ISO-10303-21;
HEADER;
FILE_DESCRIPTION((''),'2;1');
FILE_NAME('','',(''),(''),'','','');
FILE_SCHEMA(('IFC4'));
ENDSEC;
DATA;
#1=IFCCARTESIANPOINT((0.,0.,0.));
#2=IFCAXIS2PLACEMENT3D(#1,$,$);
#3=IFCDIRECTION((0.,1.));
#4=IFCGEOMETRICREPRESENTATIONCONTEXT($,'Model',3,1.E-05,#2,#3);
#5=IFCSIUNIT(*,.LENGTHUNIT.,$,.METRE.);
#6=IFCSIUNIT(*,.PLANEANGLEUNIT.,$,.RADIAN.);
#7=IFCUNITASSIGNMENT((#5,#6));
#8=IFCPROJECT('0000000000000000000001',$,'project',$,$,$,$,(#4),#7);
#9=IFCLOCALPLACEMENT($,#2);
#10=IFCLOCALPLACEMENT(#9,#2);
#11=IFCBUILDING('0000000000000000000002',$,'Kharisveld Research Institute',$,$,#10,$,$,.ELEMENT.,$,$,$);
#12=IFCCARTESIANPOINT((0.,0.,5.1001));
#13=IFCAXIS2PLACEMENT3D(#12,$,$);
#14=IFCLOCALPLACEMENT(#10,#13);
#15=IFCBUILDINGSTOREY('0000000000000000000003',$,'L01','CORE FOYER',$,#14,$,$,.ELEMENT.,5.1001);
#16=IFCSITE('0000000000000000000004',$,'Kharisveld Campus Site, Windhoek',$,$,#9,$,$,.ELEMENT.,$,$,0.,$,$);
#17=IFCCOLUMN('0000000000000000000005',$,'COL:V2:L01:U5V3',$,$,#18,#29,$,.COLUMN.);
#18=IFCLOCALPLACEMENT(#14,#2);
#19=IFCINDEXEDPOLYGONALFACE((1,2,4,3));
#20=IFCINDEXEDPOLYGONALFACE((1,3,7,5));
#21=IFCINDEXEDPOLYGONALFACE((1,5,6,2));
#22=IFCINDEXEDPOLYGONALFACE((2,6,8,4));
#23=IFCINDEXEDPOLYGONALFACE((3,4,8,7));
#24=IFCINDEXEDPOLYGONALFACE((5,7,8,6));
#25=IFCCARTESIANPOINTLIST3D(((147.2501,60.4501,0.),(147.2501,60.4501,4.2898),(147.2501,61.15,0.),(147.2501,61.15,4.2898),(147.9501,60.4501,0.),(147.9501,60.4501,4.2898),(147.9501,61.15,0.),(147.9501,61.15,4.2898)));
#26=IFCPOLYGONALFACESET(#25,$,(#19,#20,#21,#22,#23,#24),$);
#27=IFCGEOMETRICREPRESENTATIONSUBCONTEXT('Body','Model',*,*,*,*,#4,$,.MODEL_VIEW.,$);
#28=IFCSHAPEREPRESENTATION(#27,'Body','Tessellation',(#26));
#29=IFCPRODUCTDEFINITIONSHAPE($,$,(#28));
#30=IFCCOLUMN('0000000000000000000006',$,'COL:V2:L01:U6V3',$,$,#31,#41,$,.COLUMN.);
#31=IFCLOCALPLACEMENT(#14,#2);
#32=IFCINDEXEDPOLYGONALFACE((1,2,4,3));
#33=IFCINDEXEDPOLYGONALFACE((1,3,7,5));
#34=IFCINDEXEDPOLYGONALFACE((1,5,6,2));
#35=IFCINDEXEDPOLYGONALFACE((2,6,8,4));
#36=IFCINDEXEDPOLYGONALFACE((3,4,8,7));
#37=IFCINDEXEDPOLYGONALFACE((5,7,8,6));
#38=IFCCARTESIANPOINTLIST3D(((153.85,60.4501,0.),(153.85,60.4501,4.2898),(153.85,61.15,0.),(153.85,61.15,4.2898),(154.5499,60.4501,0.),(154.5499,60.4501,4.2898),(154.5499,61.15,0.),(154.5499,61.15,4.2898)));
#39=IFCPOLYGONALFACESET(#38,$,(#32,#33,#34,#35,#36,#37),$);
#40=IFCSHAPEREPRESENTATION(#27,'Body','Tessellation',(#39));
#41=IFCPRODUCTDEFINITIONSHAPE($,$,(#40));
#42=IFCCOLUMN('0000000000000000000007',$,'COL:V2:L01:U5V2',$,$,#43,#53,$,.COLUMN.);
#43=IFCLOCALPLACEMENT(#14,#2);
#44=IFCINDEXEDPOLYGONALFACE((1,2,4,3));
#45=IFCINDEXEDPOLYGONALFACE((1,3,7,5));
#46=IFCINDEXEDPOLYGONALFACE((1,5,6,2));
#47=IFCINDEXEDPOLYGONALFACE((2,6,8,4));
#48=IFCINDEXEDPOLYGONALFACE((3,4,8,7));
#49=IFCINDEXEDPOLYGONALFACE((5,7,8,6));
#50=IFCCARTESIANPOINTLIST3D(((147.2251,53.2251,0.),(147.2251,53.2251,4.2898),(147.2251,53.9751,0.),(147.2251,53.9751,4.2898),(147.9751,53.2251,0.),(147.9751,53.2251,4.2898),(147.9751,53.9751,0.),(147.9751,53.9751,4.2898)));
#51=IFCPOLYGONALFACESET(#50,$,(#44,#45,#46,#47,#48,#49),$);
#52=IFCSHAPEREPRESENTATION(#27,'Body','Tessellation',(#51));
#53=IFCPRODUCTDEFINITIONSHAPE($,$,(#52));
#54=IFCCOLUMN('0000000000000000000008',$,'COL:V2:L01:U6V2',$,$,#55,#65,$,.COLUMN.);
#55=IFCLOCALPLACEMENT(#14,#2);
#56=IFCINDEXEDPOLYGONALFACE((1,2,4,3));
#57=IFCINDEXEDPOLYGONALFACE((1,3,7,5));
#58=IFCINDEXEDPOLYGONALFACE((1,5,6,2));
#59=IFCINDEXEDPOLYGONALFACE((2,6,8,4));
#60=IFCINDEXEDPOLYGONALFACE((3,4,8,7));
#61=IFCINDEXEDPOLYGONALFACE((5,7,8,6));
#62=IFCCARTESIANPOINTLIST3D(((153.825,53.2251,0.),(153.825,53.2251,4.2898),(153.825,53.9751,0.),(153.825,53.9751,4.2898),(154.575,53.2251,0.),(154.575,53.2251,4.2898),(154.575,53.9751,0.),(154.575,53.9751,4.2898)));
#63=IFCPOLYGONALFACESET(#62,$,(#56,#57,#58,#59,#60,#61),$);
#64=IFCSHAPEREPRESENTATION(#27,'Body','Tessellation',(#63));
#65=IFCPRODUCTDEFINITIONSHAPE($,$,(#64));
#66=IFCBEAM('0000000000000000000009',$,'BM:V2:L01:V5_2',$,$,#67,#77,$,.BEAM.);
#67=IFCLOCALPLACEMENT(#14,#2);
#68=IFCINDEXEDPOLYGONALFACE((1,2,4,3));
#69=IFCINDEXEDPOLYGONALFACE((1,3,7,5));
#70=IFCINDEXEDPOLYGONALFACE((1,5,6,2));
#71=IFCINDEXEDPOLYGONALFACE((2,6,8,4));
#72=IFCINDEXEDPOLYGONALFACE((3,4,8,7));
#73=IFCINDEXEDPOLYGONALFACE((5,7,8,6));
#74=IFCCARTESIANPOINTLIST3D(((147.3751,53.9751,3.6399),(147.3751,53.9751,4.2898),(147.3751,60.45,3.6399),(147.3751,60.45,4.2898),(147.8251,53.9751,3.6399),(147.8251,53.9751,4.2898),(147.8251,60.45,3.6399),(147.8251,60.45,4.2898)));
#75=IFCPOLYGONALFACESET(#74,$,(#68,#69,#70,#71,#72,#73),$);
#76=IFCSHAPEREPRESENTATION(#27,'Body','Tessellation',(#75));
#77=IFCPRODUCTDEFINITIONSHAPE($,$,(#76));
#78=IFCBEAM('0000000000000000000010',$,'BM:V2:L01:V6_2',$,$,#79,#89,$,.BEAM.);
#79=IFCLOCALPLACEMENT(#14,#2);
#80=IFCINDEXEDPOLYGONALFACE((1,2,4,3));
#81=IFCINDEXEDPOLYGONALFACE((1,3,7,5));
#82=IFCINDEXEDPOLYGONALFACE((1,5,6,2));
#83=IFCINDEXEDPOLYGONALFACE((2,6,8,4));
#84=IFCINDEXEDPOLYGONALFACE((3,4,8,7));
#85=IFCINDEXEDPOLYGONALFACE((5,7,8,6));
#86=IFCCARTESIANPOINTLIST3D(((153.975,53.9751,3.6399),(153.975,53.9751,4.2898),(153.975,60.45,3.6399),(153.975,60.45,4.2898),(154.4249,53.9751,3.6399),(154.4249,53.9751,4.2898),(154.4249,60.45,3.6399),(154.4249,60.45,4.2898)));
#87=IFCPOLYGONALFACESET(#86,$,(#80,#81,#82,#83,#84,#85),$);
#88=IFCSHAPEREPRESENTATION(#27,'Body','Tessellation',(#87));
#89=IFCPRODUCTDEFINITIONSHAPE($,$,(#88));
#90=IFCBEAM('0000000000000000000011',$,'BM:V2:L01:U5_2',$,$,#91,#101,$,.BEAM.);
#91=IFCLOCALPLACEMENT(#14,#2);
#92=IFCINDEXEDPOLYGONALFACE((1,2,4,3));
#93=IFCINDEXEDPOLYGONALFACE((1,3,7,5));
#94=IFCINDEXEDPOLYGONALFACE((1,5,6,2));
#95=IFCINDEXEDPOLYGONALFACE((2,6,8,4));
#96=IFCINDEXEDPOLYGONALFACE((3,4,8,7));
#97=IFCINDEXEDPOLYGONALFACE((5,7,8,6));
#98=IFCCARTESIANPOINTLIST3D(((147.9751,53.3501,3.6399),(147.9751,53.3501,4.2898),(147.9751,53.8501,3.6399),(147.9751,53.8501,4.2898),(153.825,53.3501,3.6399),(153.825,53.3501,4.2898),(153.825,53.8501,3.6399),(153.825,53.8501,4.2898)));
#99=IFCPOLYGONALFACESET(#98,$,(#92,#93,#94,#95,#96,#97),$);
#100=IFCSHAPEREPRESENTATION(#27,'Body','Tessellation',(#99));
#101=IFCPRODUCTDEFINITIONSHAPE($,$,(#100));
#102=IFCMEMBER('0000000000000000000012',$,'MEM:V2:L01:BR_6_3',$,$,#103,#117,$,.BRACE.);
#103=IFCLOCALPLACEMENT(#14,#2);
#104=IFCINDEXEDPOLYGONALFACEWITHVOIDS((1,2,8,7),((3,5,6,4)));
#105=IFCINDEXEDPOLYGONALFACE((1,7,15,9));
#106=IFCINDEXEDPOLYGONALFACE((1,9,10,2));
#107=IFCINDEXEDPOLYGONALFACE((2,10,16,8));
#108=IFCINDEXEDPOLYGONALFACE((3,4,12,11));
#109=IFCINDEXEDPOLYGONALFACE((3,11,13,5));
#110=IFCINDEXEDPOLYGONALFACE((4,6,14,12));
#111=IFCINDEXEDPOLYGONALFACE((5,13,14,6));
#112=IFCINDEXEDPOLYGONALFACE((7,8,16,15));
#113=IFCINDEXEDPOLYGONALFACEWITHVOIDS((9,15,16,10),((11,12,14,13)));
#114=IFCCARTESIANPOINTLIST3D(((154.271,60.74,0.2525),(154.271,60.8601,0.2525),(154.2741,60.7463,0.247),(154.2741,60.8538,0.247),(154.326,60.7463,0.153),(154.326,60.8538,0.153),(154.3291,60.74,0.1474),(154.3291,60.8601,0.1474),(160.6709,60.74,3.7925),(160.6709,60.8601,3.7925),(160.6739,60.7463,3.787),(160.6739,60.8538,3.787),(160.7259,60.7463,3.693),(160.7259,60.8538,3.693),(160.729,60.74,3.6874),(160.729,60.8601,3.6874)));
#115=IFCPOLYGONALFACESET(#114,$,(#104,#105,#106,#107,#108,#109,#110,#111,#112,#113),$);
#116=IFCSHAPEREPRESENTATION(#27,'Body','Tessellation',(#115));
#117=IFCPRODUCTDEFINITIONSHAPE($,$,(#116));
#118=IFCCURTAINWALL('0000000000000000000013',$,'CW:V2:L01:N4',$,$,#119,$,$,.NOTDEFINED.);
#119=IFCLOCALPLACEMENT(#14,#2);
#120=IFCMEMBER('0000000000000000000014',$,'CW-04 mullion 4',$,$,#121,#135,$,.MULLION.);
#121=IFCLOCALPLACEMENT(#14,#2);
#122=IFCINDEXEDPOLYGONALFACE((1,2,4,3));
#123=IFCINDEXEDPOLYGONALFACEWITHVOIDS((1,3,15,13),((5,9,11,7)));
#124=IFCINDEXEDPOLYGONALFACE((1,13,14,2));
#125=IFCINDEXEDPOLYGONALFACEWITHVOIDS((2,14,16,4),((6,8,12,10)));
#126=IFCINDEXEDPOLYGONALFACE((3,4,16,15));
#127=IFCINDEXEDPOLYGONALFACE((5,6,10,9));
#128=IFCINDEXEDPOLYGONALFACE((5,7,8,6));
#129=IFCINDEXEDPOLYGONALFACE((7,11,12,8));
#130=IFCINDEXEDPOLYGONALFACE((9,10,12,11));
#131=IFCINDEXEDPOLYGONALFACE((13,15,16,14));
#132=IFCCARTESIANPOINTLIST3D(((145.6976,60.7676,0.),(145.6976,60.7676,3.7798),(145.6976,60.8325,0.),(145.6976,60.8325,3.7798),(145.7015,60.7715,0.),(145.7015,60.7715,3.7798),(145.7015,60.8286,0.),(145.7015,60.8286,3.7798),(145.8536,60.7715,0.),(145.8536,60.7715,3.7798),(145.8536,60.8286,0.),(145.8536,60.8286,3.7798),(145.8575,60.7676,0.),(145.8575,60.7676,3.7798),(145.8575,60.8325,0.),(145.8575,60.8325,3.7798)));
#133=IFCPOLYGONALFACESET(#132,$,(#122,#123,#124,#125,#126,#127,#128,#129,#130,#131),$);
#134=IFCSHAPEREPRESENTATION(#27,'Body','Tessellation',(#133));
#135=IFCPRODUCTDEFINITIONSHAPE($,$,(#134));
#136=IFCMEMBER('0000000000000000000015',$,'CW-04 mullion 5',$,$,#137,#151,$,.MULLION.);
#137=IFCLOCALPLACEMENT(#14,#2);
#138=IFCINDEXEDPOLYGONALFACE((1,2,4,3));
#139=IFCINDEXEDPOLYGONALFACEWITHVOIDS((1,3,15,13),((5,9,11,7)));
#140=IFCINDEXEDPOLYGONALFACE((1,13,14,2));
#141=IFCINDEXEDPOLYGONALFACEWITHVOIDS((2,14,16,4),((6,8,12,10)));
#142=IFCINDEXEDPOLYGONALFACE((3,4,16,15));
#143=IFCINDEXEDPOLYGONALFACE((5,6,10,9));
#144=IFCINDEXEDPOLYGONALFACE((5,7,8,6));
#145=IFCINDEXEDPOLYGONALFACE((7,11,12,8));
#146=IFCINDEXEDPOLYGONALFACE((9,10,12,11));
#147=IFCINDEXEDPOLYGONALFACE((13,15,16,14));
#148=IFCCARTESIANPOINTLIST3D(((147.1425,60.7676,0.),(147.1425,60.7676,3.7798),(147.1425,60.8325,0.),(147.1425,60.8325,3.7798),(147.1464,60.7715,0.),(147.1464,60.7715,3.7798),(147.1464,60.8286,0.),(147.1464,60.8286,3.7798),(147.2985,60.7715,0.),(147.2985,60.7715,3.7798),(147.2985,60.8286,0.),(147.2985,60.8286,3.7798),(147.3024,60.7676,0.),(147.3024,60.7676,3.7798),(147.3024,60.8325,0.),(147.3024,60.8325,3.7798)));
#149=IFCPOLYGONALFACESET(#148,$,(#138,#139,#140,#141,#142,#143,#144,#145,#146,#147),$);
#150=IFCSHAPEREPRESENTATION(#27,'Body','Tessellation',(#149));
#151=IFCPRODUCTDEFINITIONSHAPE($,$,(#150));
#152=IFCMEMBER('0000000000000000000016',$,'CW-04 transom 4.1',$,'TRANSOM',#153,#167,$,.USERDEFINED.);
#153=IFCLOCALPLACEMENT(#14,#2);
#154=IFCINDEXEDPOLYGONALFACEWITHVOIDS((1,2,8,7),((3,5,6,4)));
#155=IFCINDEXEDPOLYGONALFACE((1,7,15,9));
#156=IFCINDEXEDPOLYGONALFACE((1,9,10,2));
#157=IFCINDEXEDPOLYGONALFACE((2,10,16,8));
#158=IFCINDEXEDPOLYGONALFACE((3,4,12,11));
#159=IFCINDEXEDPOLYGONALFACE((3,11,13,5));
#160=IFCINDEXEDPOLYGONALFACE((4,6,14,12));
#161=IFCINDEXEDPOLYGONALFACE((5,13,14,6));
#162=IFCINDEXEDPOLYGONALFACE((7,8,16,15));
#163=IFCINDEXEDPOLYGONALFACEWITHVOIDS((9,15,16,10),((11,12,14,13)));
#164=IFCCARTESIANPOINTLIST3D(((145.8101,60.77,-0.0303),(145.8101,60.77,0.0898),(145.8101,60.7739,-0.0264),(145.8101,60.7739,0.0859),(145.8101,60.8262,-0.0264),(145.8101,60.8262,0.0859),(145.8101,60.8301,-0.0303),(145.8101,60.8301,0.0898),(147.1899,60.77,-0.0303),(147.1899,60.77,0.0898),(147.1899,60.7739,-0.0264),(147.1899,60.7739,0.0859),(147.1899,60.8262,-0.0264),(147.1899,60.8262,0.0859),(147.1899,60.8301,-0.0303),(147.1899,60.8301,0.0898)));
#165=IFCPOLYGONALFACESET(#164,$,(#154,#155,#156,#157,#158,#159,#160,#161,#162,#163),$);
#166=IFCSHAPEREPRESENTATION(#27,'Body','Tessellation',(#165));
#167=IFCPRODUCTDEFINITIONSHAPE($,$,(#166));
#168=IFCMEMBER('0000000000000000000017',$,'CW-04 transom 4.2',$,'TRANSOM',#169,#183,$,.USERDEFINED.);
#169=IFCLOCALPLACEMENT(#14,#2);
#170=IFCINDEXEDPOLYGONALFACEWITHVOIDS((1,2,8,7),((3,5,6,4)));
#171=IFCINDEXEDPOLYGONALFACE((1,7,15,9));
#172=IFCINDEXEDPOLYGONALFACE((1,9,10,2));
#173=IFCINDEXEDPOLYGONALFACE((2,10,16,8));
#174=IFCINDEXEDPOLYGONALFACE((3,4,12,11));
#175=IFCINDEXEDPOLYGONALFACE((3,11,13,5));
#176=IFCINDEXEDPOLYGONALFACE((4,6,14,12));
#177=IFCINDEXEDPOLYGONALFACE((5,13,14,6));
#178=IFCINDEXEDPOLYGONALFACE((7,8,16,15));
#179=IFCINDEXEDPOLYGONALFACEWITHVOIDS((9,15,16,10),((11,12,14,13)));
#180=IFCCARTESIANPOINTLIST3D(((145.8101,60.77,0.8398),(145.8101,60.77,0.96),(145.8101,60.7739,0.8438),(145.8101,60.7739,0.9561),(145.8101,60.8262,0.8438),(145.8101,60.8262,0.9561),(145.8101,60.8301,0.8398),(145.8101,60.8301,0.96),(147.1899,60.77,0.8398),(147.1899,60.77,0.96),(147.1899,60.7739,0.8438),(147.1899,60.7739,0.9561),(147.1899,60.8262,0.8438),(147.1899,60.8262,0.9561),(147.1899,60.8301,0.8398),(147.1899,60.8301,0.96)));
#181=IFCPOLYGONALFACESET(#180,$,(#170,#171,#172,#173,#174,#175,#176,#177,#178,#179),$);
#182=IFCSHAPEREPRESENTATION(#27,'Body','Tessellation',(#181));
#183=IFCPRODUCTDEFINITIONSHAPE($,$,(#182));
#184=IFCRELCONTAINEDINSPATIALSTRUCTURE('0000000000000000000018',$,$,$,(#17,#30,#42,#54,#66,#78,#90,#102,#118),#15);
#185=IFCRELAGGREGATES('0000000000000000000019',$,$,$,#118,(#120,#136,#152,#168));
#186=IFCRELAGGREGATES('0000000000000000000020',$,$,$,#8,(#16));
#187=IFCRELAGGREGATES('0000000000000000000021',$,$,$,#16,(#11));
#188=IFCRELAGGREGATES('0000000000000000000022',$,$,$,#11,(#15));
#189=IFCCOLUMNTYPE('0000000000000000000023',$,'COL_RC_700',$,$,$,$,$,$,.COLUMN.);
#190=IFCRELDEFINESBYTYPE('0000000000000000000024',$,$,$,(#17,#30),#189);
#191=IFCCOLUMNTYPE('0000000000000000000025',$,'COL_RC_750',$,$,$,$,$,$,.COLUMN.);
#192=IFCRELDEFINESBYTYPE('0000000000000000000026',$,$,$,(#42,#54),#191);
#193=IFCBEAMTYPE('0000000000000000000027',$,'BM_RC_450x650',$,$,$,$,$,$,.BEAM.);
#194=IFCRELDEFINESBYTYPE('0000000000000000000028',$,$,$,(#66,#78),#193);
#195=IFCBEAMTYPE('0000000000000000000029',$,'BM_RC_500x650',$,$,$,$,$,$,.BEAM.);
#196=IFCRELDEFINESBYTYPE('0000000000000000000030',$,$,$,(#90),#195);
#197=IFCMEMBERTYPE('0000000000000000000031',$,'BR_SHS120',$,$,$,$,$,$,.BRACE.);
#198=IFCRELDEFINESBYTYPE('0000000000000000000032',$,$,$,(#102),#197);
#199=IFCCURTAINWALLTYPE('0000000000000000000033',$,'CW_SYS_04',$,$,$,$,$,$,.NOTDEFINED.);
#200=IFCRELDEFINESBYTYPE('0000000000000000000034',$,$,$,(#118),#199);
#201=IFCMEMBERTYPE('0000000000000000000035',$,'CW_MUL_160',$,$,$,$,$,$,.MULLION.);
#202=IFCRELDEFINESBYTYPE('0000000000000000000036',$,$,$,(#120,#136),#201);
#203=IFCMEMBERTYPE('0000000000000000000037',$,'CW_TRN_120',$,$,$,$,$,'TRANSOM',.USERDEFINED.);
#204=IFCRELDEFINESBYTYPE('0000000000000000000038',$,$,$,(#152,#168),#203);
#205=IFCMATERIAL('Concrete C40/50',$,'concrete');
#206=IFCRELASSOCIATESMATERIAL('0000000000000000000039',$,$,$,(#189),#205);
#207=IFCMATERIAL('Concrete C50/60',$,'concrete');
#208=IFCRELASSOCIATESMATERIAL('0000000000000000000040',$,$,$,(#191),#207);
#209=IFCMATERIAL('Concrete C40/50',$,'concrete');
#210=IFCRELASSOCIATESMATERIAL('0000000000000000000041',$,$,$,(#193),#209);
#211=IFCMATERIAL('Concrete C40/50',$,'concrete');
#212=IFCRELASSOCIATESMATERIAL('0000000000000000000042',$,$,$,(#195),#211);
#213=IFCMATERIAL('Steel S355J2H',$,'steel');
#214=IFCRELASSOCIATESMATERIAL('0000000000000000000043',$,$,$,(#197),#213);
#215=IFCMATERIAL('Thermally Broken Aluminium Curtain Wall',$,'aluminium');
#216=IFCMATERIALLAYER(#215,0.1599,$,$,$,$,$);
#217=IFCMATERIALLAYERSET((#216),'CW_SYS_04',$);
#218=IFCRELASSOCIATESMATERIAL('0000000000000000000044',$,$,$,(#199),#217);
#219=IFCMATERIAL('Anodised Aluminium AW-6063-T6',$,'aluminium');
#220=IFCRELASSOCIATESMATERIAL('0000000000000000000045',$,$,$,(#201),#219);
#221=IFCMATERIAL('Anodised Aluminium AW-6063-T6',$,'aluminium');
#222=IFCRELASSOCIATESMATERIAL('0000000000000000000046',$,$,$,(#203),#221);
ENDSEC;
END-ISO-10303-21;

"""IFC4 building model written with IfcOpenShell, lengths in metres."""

from ifc_helpers import new_model, si_unit, direction, frame, origin, origin_2d, place, context, subcontext, project, spatial, rectangle, hollow_rectangle, extrude, material, layer, layer_set, material_profile, profile_set, type_object, element, aggregate, save


model = new_model("IFC4")

# Units and contexts
model_context = context("Model", 3, precision=1e-05, world=origin(), true_north=direction((0.0, 1.0)))
body_context = subcontext(model_context, "Body", "Model", "MODEL_VIEW")
ifc_project = project(units=[si_unit("LENGTHUNIT", "METRE"), si_unit("PLANEANGLEUNIT", "RADIAN")], contexts=[model_context])

# Site, building, storey
site_placement = place(None, origin())
site = spatial("IfcSite", under=ifc_project, at=site_placement, Name="Kharisveld Campus Site, Windhoek", CompositionType="ELEMENT", RefElevation=0.0)
building_placement = place(site_placement, origin())
building = spatial("IfcBuilding", under=site, at=building_placement, Name="Kharisveld Research Institute", CompositionType="ELEMENT")
storey_placement = place(building_placement, frame((0.0, 0.0, 5.1001)))
storey = spatial("IfcBuildingStorey", under=building, at=storey_placement, Name="L01", Description="CORE FOYER", CompositionType="ELEMENT", Elevation=5.1001)

# Columns
ifc_material_1 = material(Name="Concrete C40/50", Category="concrete")
ifc_material_profile_1 = material_profile(ifc_material_1, rectangle(XDim=0.7, YDim=0.7, at=origin_2d()))
ifc_profile_set_1 = profile_set([ifc_material_profile_1], Name="Concrete C40/50")
column_type_1 = type_object("IfcColumnType", Name="COL_RC_700", PredefinedType="COLUMN", material=ifc_profile_set_1)
for number, where, z_axis, x_axis, name in (
    (1, (147.6001, 60.8, 0.0), (0.0, 0.0, 1.0), (1.0, 0.0, 0.0), "COL:V2:L01:U5V3"),
    (2, (154.2, 60.8, 0.0), (0.0, 0.0, 1.0), (1.0, 0.0, 0.0), "COL:V2:L01:U6V3"),
):
    element("IfcColumn", number, at=place(storey_placement, frame(where, z_axis=z_axis, x_axis=x_axis)), inside=storey, type_object=column_type_1, Name=name, PredefinedType="COLUMN", context=body_context, shape_type="SweptSolid", body=[
        extrude(rectangle(XDim=0.7, YDim=0.7, at=origin_2d()), origin(), (0.0, 0.0, 1.0), 4.2898),
    ])
ifc_material_2 = material(Name="Concrete C50/60", Category="concrete")
ifc_material_profile_2 = material_profile(ifc_material_2, rectangle(XDim=0.75, YDim=0.75, at=origin_2d()))
ifc_profile_set_2 = profile_set([ifc_material_profile_2], Name="Concrete C50/60")
column_type_2 = type_object("IfcColumnType", Name="COL_RC_750", PredefinedType="COLUMN", material=ifc_profile_set_2)
for number, where, z_axis, x_axis, name in (
    (3, (147.6001, 53.6001, 0.0), (0.0, 0.0, 1.0), (1.0, 0.0, 0.0), "COL:V2:L01:U5V2"),
    (4, (154.2, 53.6001, 0.0), (0.0, 0.0, 1.0), (1.0, 0.0, 0.0), "COL:V2:L01:U6V2"),
):
    element("IfcColumn", number, at=place(storey_placement, frame(where, z_axis=z_axis, x_axis=x_axis)), inside=storey, type_object=column_type_2, Name=name, PredefinedType="COLUMN", context=body_context, shape_type="SweptSolid", body=[
        extrude(rectangle(XDim=0.75, YDim=0.75, at=origin_2d()), origin(), (0.0, 0.0, 1.0), 4.2898),
    ])

# Beams
ifc_material_3 = material(Name="Concrete C40/50", Category="concrete")
ifc_material_profile_3 = material_profile(ifc_material_3, rectangle(XDim=0.45, YDim=0.6499, at=origin_2d()))
ifc_profile_set_3 = profile_set([ifc_material_profile_3], Name="Concrete C40/50")
beam_type_1 = type_object("IfcBeamType", Name="BM_RC_450x650", PredefinedType="BEAM", material=ifc_profile_set_3)
for number, where, z_axis, x_axis, name in (
    (5, (147.6001, 53.9751, 3.9648), (0.0, 1.0, 0.0), (-1.0, 0.0, 0.0), "BM:V2:L01:V5_2"),
    (6, (154.2, 53.9751, 3.9648), (0.0, 1.0, 0.0), (-1.0, 0.0, 0.0), "BM:V2:L01:V6_2"),
):
    element("IfcBeam", number, at=place(storey_placement, frame(where, z_axis=z_axis, x_axis=x_axis)), inside=storey, type_object=beam_type_1, Name=name, PredefinedType="BEAM", context=body_context, shape_type="SweptSolid", body=[
        extrude(rectangle(XDim=0.45, YDim=0.6499, at=origin_2d()), origin(), (0.0, 0.0, 1.0), 6.4749),
    ])
ifc_material_4 = material(Name="Concrete C40/50", Category="concrete")
ifc_material_profile_4 = material_profile(ifc_material_4, rectangle(XDim=0.5, YDim=0.6499, at=origin_2d()))
ifc_profile_set_4 = profile_set([ifc_material_profile_4], Name="Concrete C40/50")
beam_type_2 = type_object("IfcBeamType", Name="BM_RC_500x650", PredefinedType="BEAM", material=ifc_profile_set_4)
beam_1_placement = place(storey_placement, frame((147.9751, 53.6001, 3.9648), z_axis=(1.0, 0.0, 0.0), x_axis=(0.0, 1.0, 0.0)))
element("IfcBeam", 7, at=beam_1_placement, inside=storey, type_object=beam_type_2, Name="BM:V2:L01:U5_2", PredefinedType="BEAM", context=body_context, shape_type="SweptSolid", body=[
    extrude(rectangle(XDim=0.5, YDim=0.6499, at=origin_2d()), origin(), (0.0, 0.0, 1.0), 5.8499),
])

# Member
ifc_material_5 = material(Name="Steel S355J2H", Category="steel")
ifc_material_profile_5 = material_profile(ifc_material_5, hollow_rectangle(XDim=0.1201, YDim=0.1201, WallThickness=0.0063, at=origin_2d()))
ifc_profile_set_5 = profile_set([ifc_material_profile_5], Name="Steel S355J2H")
member_type_1 = type_object("IfcMemberType", Name="BR_SHS120", PredefinedType="BRACE", material=ifc_profile_set_5)
member_1_placement = place(storey_placement, frame((154.3, 60.8, 0.2), z_axis=(0.875053, 0.0, 0.484027), x_axis=(0.0, 1.0, 0.0)))
element("IfcMember", 8, at=member_1_placement, inside=storey, type_object=member_type_1, Name="MEM:V2:L01:BR_6_3", PredefinedType="BRACE", context=body_context, shape_type="SweptSolid", body=[
    extrude(hollow_rectangle(XDim=0.1201, YDim=0.1201, WallThickness=0.0063, at=origin_2d()), origin(), (0.0, 0.0, 1.0), 7.3137),
])

# Curtain wall, members
ifc_material_6 = material(Name="Thermally Broken Aluminium Curtain Wall", Category="aluminium")
ifc_layer_1 = layer(ifc_material_6, 0.1599)
ifc_layer_set_1 = layer_set([ifc_layer_1], Name="CW_SYS_04")
curtain_wall_type = type_object("IfcCurtainWallType", Name="CW_SYS_04", PredefinedType="NOTDEFINED", material=ifc_layer_set_1)
curtain_wall_placement = place(storey_placement, origin())
curtain_wall = element("IfcCurtainWall", 9, at=curtain_wall_placement, inside=storey, type_object=curtain_wall_type, Name="CW:V2:L01:N4", PredefinedType="NOTDEFINED")
ifc_material_7 = material(Name="Anodised Aluminium AW-6063-T6", Category="aluminium")
ifc_material_profile_6 = material_profile(ifc_material_7, hollow_rectangle(XDim=0.0649, YDim=0.1599, WallThickness=0.0039, at=origin_2d()))
ifc_profile_set_6 = profile_set([ifc_material_profile_6], Name="Anodised Aluminium AW-6063-T6")
member_type_2 = type_object("IfcMemberType", Name="CW_MUL_160", PredefinedType="MULLION", material=ifc_profile_set_6)
member_2_placement = place(storey_placement, frame((145.7776, 60.8, 0.0), z_axis=(0.0, 0.0, 1.0), x_axis=(0.0, 1.0, 0.0)))
member_2 = element("IfcMember", 10, at=member_2_placement, type_object=member_type_2, Name="CW-04 mullion 4", PredefinedType="MULLION", context=body_context, shape_type="SweptSolid", body=[
    extrude(hollow_rectangle(XDim=0.0649, YDim=0.1599, WallThickness=0.0039, at=origin_2d()), origin(), (0.0, 0.0, 1.0), 3.7798),
])
member_3_placement = place(storey_placement, frame((147.2224, 60.8, 0.0), z_axis=(0.0, 0.0, 1.0), x_axis=(0.0, 1.0, 0.0)))
member_3 = element("IfcMember", 11, at=member_3_placement, type_object=member_type_2, Name="CW-04 mullion 5", PredefinedType="MULLION", context=body_context, shape_type="SweptSolid", body=[
    extrude(hollow_rectangle(XDim=0.0649, YDim=0.1599, WallThickness=0.0039, at=origin_2d()), origin(), (0.0, 0.0, 1.0), 3.7798),
])
ifc_material_8 = material(Name="Anodised Aluminium AW-6063-T6", Category="aluminium")
ifc_material_profile_7 = material_profile(ifc_material_8, hollow_rectangle(XDim=0.0601, YDim=0.1201, WallThickness=0.0039, at=origin_2d()))
ifc_profile_set_7 = profile_set([ifc_material_profile_7], Name="Anodised Aluminium AW-6063-T6")
member_type_3 = type_object("IfcMemberType", Name="CW_TRN_120", ElementType="TRANSOM", PredefinedType="USERDEFINED", material=ifc_profile_set_7)
member_4_placement = place(storey_placement, frame((145.8101, 60.8, 0.0298), z_axis=(1.0, 0.0, 0.0), x_axis=(0.0, 1.0, 0.0)))
member_4 = element("IfcMember", 12, at=member_4_placement, type_object=member_type_3, Name="CW-04 transom 4.1", ObjectType="TRANSOM", PredefinedType="USERDEFINED", context=body_context, shape_type="SweptSolid", body=[
    extrude(hollow_rectangle(XDim=0.0601, YDim=0.1201, WallThickness=0.0039, at=origin_2d()), origin(), (0.0, 0.0, 1.0), 1.3799),
])
member_5_placement = place(storey_placement, frame((145.8101, 60.8, 0.8999), z_axis=(1.0, 0.0, 0.0), x_axis=(0.0, 1.0, 0.0)))
member_5 = element("IfcMember", 13, at=member_5_placement, type_object=member_type_3, Name="CW-04 transom 4.2", ObjectType="TRANSOM", PredefinedType="USERDEFINED", context=body_context, shape_type="SweptSolid", body=[
    extrude(hollow_rectangle(XDim=0.0601, YDim=0.1201, WallThickness=0.0039, at=origin_2d()), origin(), (0.0, 0.0, 1.0), 1.3799),
])

aggregate(curtain_wall, [member_2, member_3, member_4, member_5])

save(model, "model.ifc")
